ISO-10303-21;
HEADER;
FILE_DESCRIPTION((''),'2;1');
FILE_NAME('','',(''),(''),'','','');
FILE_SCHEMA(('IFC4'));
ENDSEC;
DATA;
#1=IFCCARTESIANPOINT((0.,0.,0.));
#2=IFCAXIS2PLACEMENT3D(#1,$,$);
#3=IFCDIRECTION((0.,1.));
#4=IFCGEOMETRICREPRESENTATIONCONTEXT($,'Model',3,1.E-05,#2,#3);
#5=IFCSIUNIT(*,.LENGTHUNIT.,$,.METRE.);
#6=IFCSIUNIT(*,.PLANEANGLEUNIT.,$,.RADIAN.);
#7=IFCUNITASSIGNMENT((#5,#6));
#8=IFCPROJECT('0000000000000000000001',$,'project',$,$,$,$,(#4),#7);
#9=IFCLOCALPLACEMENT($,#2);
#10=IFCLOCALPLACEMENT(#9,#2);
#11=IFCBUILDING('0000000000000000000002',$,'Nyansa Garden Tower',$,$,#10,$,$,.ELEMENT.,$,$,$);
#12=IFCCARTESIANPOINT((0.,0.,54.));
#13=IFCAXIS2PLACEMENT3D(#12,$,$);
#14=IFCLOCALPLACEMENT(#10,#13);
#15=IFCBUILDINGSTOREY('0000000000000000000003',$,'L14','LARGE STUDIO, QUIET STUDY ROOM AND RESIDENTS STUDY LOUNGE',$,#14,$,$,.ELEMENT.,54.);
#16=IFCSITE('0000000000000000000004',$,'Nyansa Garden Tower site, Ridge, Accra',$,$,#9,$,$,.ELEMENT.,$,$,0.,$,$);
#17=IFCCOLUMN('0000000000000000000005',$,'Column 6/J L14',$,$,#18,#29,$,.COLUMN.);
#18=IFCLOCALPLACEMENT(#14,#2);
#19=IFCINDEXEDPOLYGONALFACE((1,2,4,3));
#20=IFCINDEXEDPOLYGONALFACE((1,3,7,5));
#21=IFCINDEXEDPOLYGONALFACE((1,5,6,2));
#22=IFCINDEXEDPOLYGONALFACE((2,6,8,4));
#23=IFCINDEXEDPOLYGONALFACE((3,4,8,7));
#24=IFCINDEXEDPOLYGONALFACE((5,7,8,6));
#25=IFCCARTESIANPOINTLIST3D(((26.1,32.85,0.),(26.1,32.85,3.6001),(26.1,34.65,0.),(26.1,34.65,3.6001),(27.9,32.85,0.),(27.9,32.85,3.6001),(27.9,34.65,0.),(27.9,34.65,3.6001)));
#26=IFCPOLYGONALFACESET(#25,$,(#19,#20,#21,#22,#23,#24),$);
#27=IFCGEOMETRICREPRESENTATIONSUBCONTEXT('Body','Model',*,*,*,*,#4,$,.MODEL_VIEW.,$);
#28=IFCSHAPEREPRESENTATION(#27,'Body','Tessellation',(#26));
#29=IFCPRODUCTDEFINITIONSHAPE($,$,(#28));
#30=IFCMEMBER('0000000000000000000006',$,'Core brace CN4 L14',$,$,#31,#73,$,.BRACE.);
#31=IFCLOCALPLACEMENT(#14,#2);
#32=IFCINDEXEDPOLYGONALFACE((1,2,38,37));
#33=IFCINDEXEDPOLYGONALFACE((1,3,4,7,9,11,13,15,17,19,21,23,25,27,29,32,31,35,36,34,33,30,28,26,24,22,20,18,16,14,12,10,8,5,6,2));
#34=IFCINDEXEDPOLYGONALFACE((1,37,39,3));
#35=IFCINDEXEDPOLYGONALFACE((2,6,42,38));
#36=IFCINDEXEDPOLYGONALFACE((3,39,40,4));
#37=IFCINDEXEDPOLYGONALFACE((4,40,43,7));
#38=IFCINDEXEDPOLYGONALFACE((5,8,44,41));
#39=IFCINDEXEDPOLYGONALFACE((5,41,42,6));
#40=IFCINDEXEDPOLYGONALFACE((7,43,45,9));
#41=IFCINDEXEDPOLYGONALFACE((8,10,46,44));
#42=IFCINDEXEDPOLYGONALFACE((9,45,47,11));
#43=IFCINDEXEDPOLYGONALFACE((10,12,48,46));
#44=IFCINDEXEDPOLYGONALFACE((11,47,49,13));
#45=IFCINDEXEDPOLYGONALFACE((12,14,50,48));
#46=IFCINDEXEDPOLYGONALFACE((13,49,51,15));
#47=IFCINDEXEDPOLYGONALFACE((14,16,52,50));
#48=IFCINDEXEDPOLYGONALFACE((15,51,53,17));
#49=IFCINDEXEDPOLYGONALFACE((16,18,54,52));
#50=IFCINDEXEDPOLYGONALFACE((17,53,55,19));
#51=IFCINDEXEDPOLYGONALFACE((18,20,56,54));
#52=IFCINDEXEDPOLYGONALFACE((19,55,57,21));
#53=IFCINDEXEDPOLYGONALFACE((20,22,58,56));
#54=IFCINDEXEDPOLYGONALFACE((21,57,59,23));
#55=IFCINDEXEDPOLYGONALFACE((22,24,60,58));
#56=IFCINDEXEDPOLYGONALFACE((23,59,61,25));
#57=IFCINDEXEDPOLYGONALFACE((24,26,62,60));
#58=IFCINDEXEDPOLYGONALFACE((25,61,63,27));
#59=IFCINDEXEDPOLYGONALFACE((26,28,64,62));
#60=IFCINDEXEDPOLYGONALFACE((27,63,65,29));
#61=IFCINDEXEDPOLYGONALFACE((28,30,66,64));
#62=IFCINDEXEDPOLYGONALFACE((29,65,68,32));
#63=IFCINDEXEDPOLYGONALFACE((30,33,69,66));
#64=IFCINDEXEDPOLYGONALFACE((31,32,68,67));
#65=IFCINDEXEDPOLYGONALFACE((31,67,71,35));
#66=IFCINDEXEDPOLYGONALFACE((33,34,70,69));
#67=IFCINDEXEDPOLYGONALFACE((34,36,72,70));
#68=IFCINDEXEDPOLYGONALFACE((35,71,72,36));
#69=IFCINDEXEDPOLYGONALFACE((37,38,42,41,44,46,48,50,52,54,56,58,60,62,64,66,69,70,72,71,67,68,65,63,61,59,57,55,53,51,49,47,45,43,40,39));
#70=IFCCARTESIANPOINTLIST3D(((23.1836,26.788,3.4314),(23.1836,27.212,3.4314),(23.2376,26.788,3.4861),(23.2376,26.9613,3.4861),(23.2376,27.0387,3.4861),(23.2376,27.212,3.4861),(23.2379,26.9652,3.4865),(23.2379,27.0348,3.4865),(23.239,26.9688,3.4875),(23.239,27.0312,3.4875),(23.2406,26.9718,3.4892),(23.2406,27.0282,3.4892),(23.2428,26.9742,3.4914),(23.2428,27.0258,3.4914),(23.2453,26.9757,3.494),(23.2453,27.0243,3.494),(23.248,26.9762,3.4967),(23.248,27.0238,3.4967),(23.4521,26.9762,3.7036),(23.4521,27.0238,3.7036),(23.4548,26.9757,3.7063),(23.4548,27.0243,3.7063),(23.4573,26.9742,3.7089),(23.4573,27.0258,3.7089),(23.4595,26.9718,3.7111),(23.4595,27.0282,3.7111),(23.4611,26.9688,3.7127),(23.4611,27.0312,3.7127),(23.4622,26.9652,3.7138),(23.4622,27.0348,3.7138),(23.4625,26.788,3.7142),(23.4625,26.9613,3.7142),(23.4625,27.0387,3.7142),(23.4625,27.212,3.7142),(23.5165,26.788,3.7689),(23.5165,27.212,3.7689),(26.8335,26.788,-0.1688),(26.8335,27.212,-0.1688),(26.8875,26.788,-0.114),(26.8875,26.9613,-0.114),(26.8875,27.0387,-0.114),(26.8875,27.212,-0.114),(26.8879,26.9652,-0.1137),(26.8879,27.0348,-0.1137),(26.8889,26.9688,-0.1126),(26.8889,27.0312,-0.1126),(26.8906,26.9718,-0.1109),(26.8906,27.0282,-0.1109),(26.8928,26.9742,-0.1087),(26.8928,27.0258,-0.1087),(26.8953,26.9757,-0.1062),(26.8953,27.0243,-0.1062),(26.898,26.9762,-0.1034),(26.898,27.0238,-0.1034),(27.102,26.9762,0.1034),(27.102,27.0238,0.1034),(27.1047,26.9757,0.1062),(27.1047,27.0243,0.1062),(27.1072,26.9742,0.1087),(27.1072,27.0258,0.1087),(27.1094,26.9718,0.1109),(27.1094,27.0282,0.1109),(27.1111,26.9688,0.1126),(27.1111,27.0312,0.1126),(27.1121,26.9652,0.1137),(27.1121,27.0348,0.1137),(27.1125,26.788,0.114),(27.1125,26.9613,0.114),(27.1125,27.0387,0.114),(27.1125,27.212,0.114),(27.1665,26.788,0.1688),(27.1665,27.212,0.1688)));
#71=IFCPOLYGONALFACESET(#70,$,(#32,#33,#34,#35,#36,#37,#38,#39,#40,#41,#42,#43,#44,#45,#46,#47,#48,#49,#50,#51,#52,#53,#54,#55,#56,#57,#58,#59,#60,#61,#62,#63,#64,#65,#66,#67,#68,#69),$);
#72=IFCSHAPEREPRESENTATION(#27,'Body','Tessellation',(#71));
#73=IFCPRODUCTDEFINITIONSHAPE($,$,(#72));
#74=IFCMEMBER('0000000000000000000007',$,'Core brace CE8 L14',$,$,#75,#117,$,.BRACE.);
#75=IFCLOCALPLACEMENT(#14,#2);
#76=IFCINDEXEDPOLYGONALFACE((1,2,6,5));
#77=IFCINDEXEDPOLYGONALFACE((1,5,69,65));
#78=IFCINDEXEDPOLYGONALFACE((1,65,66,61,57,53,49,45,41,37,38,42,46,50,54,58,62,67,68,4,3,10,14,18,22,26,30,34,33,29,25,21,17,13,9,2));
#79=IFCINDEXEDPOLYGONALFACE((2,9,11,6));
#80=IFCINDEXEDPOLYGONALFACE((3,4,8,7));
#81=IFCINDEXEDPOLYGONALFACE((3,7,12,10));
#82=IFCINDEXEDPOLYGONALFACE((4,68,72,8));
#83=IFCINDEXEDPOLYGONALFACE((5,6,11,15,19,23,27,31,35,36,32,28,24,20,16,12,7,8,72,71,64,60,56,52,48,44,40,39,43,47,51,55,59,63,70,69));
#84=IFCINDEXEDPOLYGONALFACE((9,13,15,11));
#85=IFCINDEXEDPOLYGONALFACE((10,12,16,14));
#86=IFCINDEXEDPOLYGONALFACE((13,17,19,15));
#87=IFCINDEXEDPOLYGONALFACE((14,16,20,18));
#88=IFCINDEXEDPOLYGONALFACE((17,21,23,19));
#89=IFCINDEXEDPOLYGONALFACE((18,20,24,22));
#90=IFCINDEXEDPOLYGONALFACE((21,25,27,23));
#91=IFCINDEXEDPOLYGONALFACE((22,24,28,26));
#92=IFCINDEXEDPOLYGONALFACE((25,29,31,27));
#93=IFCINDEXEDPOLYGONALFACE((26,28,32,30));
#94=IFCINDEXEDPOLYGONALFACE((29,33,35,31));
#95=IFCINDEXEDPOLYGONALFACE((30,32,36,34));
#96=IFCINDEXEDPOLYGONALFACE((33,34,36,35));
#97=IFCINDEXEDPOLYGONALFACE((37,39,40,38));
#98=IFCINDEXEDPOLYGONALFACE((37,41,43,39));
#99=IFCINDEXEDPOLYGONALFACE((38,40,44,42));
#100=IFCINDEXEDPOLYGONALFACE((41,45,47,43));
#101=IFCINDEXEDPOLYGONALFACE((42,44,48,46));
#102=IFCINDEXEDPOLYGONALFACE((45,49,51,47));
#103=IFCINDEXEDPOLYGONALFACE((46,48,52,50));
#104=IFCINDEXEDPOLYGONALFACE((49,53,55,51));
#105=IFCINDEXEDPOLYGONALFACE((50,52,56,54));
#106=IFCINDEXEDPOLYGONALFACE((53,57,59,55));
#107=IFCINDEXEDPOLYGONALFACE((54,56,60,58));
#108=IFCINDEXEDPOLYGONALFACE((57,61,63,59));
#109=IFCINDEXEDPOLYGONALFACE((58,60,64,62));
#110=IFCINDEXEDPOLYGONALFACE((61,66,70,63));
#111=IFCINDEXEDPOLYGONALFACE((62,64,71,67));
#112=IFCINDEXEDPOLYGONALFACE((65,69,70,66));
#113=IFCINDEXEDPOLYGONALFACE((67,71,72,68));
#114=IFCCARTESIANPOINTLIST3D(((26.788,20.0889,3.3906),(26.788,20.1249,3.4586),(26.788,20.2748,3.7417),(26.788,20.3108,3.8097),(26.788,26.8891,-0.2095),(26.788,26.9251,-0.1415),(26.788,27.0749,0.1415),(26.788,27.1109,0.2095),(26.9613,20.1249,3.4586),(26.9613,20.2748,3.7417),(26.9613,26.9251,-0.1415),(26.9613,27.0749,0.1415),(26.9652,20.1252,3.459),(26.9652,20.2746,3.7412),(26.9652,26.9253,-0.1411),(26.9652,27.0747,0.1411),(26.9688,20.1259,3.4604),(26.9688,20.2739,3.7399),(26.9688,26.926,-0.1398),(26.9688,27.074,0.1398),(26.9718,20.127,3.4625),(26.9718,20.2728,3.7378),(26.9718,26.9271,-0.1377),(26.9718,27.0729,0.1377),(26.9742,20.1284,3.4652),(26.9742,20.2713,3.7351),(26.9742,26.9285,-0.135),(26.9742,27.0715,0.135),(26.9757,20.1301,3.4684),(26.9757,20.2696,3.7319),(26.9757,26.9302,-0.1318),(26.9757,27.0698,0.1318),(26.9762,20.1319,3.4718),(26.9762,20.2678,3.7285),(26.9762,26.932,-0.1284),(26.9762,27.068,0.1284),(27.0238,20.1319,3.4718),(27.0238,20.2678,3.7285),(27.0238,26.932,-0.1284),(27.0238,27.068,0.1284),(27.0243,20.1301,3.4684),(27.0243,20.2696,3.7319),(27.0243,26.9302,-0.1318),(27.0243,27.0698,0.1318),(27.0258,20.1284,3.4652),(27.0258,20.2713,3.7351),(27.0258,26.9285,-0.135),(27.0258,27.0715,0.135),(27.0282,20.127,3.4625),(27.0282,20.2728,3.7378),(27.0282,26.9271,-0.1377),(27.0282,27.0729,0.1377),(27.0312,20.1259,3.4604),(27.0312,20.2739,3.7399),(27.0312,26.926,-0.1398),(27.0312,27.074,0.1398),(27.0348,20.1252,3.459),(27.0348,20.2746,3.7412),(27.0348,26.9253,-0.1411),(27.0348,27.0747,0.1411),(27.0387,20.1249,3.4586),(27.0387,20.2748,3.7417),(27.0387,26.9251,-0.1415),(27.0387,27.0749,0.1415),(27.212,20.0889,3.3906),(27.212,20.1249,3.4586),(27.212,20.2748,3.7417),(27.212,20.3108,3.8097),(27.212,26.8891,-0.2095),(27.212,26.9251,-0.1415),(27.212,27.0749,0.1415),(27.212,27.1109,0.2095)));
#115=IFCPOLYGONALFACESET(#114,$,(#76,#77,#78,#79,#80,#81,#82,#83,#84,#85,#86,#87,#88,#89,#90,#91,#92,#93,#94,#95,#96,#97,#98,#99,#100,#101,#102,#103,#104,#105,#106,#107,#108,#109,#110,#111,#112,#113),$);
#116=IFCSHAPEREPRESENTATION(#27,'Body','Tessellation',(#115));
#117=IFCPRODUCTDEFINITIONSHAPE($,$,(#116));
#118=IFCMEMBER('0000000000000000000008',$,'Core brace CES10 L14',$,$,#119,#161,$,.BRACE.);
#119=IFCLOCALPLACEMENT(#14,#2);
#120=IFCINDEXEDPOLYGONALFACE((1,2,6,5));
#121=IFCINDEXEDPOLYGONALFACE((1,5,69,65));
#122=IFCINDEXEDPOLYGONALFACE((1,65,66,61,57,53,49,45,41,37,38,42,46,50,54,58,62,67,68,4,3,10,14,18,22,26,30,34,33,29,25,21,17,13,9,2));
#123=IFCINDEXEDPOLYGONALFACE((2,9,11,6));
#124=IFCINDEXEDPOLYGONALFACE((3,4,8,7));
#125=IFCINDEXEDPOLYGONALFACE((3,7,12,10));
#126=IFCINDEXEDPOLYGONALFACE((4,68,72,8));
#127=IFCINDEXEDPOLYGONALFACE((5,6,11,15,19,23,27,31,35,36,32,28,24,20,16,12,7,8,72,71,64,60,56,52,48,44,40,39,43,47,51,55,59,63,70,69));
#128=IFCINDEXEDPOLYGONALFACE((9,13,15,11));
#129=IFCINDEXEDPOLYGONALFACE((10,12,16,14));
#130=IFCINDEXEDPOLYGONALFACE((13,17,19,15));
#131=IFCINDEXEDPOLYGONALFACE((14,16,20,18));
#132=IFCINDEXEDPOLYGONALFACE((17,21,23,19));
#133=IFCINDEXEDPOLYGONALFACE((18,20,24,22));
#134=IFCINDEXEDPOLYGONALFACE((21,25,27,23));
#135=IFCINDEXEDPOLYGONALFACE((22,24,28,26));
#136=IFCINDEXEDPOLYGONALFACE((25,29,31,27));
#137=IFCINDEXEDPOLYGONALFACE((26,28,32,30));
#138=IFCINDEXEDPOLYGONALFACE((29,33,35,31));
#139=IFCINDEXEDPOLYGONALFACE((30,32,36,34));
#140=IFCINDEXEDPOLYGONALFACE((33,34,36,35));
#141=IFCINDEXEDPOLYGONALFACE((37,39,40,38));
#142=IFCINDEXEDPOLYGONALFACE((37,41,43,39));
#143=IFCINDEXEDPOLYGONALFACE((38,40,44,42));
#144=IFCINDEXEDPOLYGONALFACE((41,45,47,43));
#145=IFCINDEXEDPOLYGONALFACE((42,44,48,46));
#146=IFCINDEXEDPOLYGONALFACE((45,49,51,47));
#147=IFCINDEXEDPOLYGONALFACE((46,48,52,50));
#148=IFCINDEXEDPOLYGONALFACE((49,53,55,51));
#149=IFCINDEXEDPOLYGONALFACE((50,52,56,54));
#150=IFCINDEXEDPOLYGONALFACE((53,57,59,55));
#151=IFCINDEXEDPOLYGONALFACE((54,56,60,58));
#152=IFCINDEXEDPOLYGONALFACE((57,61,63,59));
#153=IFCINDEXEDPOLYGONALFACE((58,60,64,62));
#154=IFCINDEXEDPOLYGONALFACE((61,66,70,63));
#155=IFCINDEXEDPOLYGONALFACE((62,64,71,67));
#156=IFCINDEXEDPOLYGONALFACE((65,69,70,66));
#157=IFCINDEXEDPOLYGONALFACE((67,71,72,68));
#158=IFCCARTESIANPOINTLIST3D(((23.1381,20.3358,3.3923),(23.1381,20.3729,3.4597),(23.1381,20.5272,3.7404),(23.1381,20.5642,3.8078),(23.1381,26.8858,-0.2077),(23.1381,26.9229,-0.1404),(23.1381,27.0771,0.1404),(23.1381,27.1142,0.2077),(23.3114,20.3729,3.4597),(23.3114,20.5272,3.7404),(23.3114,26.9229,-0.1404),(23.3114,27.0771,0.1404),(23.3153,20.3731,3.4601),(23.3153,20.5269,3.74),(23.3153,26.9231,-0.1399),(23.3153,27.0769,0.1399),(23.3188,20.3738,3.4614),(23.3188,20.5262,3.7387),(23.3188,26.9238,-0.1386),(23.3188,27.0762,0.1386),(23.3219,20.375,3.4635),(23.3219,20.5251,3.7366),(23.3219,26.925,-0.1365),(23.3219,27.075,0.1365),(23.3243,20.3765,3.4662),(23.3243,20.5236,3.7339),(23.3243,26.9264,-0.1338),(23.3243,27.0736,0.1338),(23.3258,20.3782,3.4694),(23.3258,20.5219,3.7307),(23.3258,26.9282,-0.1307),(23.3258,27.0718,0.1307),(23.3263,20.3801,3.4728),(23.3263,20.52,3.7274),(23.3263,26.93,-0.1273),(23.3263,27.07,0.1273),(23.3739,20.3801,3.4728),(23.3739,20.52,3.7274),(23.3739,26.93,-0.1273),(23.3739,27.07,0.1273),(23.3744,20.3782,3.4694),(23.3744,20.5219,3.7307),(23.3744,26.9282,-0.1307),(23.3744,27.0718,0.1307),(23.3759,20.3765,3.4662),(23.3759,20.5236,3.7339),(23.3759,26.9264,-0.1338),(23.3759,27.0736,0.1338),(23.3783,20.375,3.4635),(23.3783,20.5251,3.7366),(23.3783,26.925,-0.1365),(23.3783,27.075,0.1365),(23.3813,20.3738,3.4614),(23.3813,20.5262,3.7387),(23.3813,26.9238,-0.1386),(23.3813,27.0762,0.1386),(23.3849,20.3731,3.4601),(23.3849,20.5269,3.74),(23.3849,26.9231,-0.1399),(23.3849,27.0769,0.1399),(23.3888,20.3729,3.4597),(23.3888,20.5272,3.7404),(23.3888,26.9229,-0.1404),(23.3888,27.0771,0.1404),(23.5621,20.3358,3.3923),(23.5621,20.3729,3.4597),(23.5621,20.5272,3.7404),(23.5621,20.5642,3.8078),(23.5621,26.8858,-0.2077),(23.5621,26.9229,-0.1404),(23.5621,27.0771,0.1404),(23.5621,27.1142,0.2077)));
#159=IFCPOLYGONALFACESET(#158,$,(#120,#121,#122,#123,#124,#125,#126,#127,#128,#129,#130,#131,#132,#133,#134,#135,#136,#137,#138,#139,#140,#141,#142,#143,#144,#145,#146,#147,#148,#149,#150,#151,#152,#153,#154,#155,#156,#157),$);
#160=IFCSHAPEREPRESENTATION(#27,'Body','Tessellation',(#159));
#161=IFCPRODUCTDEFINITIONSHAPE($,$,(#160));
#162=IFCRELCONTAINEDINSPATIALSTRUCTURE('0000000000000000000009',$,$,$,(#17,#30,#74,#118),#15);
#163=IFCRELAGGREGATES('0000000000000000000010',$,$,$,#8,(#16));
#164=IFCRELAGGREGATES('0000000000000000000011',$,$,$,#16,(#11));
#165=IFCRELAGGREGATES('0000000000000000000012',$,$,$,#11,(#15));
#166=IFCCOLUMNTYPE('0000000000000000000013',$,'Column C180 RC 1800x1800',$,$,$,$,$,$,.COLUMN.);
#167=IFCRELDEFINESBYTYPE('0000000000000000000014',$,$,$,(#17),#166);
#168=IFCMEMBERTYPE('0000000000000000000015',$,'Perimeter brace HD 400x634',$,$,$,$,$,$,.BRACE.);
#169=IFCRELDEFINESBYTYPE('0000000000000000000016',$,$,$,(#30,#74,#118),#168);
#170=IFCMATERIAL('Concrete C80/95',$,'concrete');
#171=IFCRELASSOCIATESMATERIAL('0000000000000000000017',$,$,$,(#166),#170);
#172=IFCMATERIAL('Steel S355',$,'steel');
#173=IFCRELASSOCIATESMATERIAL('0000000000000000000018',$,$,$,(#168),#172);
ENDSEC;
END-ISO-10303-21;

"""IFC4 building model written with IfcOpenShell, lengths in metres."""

from ifc_helpers import new_model, si_unit, direction, frame, origin, origin_2d, place, context, subcontext, project, spatial, rectangle, i_section, extrude, material, material_profile, profile_set, type_object, element, save


model = new_model("IFC4")

# Units and contexts
model_context = context("Model", 3, precision=1e-05, world=origin(), true_north=direction((0.0, 1.0)))
body_context = subcontext(model_context, "Body", "Model", "MODEL_VIEW")
ifc_project = project(units=[si_unit("LENGTHUNIT", "METRE"), si_unit("PLANEANGLEUNIT", "RADIAN")], contexts=[model_context])

# Site, building, storey
site_placement = place(None, origin())
site = spatial("IfcSite", under=ifc_project, at=site_placement, Name="Nyansa Garden Tower site, Ridge, Accra", CompositionType="ELEMENT", RefElevation=0.0)
building_placement = place(site_placement, origin())
building = spatial("IfcBuilding", under=site, at=building_placement, Name="Nyansa Garden Tower", CompositionType="ELEMENT")
storey_placement = place(building_placement, frame((0.0, 0.0, 54.0)))
storey = spatial("IfcBuildingStorey", under=building, at=storey_placement, Name="L14", Description="LARGE STUDIO, QUIET STUDY ROOM AND RESIDENTS STUDY LOUNGE", CompositionType="ELEMENT", Elevation=54.0)

# Column
ifc_material_1 = material(Name="Concrete C80/95", Category="concrete")
ifc_material_profile_1 = material_profile(ifc_material_1, rectangle(XDim=1.8, YDim=1.8, at=origin_2d()), Name="RC 1800x1800")
ifc_profile_set_1 = profile_set([ifc_material_profile_1], Name="Concrete C80/95")
column_type = type_object("IfcColumnType", Name="Column C180 RC 1800x1800", PredefinedType="COLUMN", material=ifc_profile_set_1)
column_placement = place(storey_placement, frame((27.0, 33.75, 0.0), z_axis=(0.0, 0.0, 1.0), x_axis=(1.0, 0.0, 0.0)))
element("IfcColumn", 1, at=column_placement, inside=storey, type_object=column_type, Name="Column 6/J L14", PredefinedType="COLUMN", context=body_context, shape_type="SweptSolid", body=[
    extrude(rectangle(XDim=1.8, YDim=1.8, at=origin_2d()), origin(), (0.0, 0.0, 1.0), 3.6001),
])

# Members
ifc_material_2 = material(Name="Steel S355", Category="steel")
ifc_material_profile_2 = material_profile(ifc_material_2, i_section(OverallWidth=0.4241, OverallDepth=0.4741, WebThickness=0.0476, FlangeThickness=0.0769, FilletRadius=0.0149, at=origin_2d()), Name="HD 400x634")
ifc_profile_set_2 = profile_set([ifc_material_profile_2], Name="Steel S355")
member_type = type_object("IfcMemberType", Name="Perimeter brace HD 400x634", PredefinedType="BRACE", material=ifc_profile_set_2)
member_1_placement = place(storey_placement, frame((27.0, 27.0, 0.0), z_axis=(-0.711948, 0.0, 0.702233), x_axis=(0.0, -1.0, 0.0)))
element("IfcMember", 2, at=member_1_placement, inside=storey, type_object=member_type, Name="Core brace CN4 L14", PredefinedType="BRACE", context=body_context, shape_type="SweptSolid", body=[
    extrude(i_section(OverallWidth=0.4241, OverallDepth=0.4741, WebThickness=0.0476, FlangeThickness=0.0769, FilletRadius=0.0149, at=origin_2d()), origin(), (0.0, 0.0, 1.0), 5.1267),
])
member_2_placement = place(storey_placement, frame((27.0, 27.0, 0.0), z_axis=(0.0, -0.883784, 0.467895), x_axis=(1.0, 0.0, 0.0)))
element("IfcMember", 3, at=member_2_placement, inside=storey, type_object=member_type, Name="Core brace CE8 L14", PredefinedType="BRACE", context=body_context, shape_type="SweptSolid", body=[
    extrude(i_section(OverallWidth=0.4241, OverallDepth=0.4741, WebThickness=0.0476, FlangeThickness=0.0769, FilletRadius=0.0149, at=origin_2d()), origin(), (0.0, 0.0, 1.0), 7.6943),
])
for number, where, z_axis, x_axis, name in (
    (4, (23.3501, 27.0, 0.0), (0.0, -0.876353, 0.481669), (1.0, 0.0, 0.0), "Core brace CES10 L14"),
):
    element("IfcMember", number, at=place(storey_placement, frame(where, z_axis=z_axis, x_axis=x_axis)), inside=storey, type_object=member_type, Name=name, PredefinedType="BRACE", context=body_context, shape_type="SweptSolid", body=[
        extrude(i_section(OverallWidth=0.4241, OverallDepth=0.4741, WebThickness=0.0476, FlangeThickness=0.0769, FilletRadius=0.0149, at=origin_2d()), origin(), (0.0, 0.0, 1.0), 7.4741),
    ])

save(model, "model.ifc")
